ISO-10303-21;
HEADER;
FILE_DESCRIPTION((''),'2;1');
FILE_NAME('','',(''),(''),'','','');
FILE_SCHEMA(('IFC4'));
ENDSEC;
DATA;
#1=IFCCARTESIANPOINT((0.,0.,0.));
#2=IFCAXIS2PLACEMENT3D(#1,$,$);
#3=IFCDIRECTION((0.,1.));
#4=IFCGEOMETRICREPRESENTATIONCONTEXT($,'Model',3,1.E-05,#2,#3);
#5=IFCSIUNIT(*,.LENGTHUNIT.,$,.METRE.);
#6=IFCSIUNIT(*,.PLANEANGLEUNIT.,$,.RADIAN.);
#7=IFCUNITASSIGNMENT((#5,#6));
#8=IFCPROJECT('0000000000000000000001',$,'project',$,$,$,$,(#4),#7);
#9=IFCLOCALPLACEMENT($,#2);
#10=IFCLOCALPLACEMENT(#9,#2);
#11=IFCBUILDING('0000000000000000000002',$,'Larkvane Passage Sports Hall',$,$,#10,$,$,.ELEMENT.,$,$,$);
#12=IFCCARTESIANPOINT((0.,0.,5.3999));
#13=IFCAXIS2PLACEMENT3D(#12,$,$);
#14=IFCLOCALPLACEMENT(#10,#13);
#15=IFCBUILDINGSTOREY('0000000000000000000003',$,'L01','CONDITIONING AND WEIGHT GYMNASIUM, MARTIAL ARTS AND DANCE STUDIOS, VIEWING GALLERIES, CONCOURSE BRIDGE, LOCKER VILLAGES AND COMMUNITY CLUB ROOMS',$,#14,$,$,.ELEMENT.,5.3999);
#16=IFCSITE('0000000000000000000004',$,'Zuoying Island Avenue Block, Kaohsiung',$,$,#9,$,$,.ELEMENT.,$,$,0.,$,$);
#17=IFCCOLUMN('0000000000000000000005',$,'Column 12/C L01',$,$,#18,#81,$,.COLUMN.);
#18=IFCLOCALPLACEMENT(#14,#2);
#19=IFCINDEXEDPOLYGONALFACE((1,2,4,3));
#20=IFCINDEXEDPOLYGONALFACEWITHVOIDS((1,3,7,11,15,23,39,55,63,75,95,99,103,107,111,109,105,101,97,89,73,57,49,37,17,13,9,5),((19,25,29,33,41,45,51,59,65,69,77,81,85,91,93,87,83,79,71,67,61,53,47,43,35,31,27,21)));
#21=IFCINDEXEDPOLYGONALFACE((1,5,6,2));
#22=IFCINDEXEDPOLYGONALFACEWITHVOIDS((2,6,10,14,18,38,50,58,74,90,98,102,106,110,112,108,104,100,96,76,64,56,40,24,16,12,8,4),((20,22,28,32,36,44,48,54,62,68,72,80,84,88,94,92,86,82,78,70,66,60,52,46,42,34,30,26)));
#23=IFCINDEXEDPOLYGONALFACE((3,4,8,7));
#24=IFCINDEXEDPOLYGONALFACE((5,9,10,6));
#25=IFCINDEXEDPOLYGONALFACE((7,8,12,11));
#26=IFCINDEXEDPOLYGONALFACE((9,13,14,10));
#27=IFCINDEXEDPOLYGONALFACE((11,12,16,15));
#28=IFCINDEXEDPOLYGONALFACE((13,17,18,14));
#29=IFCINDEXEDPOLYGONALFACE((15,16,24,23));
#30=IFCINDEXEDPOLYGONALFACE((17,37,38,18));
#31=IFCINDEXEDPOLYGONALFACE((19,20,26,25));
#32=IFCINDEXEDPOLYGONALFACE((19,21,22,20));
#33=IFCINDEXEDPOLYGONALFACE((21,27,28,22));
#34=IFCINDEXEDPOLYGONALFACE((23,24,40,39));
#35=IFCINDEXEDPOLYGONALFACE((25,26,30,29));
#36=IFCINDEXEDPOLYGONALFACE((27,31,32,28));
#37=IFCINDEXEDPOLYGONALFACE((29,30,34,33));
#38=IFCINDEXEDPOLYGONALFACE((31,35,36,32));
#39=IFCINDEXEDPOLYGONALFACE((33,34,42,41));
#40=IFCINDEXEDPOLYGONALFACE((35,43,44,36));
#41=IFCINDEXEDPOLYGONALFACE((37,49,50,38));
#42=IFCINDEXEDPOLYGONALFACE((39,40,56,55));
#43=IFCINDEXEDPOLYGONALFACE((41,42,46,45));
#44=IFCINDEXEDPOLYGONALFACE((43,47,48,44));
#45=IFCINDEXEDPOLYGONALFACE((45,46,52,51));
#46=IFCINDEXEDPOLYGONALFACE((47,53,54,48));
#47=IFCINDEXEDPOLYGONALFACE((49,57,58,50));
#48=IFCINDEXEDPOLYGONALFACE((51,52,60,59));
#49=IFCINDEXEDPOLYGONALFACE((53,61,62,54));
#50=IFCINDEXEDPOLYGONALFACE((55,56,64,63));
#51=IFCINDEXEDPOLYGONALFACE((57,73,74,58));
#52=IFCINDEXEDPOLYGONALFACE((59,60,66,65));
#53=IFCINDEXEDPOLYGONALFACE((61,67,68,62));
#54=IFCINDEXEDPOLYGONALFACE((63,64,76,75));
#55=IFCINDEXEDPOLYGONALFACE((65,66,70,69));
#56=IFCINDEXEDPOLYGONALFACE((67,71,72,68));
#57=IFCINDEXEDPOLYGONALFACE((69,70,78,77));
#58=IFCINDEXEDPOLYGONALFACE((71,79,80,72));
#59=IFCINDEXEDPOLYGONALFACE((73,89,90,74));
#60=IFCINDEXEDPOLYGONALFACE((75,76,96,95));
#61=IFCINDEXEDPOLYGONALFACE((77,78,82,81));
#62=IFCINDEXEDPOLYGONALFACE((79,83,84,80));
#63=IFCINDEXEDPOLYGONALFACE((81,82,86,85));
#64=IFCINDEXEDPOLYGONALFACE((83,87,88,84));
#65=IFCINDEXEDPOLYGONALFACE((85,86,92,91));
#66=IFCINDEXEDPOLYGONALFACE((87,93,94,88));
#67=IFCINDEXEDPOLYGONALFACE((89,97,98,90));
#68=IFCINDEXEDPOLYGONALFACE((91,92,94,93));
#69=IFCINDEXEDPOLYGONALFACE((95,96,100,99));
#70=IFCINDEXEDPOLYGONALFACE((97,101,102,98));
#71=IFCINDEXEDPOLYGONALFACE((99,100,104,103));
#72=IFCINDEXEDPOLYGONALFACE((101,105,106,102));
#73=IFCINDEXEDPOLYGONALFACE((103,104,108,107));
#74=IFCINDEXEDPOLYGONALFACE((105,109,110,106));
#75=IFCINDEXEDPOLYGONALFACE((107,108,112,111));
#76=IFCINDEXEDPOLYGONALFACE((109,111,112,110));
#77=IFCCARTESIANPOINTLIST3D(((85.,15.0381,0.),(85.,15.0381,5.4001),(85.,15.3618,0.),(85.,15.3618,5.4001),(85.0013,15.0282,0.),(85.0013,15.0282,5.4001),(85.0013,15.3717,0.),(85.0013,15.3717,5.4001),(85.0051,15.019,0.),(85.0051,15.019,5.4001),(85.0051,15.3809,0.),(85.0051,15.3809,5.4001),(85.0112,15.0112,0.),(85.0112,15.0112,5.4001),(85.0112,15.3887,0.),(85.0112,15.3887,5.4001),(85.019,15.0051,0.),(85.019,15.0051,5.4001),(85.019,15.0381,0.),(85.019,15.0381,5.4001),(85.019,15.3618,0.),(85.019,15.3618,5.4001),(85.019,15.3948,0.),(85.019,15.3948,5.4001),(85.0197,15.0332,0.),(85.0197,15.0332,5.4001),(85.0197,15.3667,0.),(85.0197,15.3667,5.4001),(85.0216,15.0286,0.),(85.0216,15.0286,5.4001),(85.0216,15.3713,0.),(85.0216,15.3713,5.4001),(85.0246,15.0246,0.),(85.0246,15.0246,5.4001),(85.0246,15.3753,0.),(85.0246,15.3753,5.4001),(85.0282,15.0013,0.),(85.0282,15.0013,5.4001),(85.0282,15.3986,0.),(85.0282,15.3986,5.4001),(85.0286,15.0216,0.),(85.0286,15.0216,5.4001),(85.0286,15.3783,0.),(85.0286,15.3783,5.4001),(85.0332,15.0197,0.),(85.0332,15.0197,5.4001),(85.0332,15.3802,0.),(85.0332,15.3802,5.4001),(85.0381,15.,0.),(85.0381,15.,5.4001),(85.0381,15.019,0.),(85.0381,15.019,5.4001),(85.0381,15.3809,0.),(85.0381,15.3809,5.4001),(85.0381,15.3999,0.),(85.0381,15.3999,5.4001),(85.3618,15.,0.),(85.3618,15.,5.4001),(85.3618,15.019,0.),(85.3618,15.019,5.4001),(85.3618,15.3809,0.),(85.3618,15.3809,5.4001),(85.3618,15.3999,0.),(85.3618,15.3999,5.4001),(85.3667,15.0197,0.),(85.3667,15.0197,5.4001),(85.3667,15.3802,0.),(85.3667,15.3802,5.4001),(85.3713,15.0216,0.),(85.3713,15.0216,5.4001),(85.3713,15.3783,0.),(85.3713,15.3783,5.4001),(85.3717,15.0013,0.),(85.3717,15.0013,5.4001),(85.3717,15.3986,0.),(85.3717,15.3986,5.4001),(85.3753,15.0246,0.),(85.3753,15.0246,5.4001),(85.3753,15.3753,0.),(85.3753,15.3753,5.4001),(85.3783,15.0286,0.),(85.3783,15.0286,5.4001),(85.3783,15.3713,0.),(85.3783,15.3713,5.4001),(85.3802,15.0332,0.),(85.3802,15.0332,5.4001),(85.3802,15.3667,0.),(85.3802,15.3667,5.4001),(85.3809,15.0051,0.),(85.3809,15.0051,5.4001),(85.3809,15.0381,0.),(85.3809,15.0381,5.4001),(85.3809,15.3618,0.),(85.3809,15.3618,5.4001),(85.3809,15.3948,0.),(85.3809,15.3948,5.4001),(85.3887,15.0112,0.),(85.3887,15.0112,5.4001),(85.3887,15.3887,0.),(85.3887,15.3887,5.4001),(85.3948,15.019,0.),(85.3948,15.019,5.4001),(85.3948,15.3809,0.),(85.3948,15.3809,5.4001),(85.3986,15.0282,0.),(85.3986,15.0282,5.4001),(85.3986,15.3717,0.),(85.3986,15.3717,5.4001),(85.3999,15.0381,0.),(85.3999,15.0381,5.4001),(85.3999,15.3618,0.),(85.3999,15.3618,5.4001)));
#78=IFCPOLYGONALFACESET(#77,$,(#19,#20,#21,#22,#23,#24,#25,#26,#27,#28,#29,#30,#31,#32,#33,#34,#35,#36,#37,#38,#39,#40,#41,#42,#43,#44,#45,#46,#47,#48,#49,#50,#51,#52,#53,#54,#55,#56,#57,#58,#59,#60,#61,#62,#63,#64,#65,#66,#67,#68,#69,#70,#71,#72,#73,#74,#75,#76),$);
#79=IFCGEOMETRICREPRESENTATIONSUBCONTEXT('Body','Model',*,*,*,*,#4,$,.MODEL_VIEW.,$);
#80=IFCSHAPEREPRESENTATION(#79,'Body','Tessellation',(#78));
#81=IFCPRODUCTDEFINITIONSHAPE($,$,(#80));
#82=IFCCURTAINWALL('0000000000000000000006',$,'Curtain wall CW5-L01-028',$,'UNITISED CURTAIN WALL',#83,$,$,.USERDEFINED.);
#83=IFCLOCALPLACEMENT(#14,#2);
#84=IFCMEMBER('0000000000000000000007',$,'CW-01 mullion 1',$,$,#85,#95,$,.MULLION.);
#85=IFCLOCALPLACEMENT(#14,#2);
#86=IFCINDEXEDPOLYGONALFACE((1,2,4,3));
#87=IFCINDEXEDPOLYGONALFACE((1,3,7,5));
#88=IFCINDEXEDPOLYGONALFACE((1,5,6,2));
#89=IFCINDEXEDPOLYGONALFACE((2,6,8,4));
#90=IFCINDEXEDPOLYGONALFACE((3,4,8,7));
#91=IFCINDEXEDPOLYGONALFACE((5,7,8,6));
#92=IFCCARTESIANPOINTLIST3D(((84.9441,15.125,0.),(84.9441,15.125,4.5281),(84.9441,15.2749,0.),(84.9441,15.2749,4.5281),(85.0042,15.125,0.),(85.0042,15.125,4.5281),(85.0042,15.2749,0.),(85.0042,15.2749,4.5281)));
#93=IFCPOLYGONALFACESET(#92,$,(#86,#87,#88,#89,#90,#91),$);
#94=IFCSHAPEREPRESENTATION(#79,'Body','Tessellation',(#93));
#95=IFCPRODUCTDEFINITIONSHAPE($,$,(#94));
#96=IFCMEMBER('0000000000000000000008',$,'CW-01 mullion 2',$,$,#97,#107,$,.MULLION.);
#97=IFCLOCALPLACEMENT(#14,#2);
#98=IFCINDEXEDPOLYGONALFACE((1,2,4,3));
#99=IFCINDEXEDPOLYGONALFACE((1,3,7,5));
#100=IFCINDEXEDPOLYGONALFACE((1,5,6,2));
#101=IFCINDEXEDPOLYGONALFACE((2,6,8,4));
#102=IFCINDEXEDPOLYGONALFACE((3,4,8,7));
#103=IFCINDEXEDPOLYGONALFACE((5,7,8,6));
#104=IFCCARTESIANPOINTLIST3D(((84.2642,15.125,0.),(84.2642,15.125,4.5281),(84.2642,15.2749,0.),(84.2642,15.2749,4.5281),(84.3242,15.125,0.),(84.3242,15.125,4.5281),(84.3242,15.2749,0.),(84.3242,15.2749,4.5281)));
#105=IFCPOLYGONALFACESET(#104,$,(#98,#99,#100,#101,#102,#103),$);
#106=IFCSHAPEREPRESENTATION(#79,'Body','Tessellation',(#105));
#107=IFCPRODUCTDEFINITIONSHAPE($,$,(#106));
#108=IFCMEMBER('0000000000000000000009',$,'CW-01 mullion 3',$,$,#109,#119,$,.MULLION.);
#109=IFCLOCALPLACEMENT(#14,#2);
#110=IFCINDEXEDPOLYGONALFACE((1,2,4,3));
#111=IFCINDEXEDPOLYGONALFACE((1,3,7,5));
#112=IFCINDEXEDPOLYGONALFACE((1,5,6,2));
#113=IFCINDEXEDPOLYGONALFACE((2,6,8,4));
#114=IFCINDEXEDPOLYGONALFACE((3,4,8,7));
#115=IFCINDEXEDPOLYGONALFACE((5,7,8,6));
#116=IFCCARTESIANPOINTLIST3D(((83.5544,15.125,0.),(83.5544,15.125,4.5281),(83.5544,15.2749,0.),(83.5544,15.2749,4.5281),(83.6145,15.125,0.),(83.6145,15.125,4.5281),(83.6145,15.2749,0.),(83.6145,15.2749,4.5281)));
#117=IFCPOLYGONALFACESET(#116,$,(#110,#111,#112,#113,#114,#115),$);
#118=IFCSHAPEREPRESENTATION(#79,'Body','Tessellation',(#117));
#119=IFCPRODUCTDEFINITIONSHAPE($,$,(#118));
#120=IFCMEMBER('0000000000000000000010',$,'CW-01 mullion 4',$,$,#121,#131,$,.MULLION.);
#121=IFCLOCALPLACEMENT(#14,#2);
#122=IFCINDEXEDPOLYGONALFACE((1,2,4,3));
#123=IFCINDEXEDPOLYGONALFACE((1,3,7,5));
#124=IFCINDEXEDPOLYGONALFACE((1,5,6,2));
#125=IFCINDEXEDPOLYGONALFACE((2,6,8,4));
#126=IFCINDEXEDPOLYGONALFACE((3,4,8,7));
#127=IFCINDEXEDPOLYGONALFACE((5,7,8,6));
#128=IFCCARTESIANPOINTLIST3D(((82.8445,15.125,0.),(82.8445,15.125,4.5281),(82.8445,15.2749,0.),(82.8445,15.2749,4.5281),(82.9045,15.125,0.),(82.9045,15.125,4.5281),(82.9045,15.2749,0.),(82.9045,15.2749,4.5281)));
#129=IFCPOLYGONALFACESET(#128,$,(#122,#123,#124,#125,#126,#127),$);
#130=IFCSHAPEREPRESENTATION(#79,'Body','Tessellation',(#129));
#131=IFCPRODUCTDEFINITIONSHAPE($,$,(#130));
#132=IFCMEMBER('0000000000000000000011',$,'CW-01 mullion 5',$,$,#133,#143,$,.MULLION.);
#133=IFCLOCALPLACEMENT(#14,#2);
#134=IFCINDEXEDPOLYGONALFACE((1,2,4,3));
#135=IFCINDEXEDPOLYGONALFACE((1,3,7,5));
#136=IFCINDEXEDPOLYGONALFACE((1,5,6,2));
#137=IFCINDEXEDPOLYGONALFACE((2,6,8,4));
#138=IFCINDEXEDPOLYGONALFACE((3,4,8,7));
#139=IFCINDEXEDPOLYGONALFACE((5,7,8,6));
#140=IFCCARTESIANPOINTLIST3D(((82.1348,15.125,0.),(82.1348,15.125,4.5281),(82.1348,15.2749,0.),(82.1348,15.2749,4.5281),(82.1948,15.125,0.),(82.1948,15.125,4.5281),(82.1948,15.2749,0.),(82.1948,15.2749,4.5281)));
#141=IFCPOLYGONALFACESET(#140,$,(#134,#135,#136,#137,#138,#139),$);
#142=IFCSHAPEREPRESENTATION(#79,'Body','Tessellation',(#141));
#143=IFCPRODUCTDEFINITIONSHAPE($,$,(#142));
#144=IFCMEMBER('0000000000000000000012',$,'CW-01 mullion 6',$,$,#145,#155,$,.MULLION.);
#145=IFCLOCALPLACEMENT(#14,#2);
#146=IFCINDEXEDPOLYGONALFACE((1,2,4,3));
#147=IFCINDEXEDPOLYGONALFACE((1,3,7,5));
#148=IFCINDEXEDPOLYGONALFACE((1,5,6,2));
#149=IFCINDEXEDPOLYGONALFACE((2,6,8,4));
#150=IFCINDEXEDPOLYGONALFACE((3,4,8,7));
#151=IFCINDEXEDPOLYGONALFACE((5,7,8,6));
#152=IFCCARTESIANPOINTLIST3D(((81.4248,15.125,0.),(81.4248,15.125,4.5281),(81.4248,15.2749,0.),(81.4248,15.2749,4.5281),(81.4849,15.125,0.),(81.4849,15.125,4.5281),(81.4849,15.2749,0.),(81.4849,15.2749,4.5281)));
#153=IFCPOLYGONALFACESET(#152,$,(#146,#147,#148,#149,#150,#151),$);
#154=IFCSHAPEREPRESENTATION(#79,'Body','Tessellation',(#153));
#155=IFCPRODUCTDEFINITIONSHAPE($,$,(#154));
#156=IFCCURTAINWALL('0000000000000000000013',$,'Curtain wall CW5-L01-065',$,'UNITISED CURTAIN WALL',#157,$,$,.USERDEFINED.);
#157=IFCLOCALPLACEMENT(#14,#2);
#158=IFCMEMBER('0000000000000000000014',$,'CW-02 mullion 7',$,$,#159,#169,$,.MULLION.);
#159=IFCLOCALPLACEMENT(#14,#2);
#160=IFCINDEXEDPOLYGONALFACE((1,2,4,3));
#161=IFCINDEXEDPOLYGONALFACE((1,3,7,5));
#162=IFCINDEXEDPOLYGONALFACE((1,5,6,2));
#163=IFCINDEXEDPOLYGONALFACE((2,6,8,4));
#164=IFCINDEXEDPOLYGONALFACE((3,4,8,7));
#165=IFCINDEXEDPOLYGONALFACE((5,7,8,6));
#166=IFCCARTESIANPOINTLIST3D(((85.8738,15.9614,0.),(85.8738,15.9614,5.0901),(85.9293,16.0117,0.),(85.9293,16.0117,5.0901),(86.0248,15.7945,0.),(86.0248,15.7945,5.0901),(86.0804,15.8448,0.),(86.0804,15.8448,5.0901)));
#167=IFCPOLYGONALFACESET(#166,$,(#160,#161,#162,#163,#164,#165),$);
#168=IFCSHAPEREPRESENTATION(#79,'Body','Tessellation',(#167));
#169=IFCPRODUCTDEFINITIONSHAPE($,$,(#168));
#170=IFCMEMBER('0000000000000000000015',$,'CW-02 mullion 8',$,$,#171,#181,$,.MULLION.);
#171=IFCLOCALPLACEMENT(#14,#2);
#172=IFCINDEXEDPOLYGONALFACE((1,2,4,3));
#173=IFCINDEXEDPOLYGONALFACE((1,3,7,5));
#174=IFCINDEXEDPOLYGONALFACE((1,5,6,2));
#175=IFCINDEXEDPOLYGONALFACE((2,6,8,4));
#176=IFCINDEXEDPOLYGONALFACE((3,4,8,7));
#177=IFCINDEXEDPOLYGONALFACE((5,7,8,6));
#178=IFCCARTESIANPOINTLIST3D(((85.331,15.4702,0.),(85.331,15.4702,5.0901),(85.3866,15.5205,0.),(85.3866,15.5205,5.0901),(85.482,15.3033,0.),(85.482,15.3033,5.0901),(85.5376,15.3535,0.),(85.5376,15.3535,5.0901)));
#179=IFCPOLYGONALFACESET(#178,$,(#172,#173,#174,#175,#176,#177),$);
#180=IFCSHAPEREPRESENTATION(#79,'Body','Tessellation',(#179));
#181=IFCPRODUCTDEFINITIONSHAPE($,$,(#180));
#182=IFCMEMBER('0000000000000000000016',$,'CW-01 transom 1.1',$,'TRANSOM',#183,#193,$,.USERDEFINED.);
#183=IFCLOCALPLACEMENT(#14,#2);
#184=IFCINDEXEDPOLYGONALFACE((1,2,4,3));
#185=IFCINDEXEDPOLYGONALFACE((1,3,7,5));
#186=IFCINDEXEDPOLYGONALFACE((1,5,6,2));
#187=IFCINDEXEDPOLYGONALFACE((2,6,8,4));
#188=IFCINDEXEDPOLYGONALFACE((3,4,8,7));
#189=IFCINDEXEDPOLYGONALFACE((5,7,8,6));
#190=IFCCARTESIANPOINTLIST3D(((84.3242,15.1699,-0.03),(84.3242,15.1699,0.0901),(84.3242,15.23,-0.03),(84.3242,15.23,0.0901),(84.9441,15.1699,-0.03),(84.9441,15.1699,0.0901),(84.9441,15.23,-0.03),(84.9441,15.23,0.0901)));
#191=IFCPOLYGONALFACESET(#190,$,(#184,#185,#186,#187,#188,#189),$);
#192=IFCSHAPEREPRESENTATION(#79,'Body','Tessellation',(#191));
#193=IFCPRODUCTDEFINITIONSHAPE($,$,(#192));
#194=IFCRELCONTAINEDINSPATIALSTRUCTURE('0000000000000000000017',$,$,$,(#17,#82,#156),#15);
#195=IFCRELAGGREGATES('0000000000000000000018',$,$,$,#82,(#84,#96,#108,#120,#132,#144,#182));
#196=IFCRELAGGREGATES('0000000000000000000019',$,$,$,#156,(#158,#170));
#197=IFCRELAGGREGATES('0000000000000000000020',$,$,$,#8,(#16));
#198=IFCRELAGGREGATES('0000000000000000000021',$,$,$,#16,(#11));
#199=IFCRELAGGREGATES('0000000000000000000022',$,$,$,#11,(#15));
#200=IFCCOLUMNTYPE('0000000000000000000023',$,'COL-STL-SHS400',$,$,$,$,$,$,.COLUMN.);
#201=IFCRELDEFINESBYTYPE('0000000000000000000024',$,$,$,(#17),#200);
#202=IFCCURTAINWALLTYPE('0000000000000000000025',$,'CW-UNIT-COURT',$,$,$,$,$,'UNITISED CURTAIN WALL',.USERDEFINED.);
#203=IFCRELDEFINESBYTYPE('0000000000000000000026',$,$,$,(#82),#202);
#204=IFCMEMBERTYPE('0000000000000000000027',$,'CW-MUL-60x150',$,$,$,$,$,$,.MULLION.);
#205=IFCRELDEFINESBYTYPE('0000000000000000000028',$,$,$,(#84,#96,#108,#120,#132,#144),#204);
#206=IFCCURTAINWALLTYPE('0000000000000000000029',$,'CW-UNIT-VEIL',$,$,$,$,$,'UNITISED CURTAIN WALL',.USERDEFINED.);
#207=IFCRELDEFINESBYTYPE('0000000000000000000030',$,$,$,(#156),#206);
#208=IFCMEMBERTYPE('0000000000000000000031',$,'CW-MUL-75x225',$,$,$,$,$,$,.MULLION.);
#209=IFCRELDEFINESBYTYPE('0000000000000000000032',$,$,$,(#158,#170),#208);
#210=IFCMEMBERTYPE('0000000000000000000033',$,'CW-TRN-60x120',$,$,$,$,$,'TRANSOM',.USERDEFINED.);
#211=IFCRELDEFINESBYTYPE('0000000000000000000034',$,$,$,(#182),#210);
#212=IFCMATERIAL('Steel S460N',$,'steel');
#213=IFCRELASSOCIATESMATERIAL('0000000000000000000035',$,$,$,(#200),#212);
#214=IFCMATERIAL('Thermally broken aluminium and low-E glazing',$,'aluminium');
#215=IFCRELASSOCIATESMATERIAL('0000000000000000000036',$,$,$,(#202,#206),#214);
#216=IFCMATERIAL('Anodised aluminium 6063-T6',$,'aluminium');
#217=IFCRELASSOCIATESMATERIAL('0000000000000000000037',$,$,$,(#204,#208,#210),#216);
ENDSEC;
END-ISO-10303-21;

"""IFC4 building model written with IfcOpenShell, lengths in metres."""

from ifc_helpers import new_model, si_unit, direction, frame, origin, origin_2d, place, context, subcontext, project, spatial, rectangle, hollow_rectangle, extrude, material, material_profile, profile_set, type_object, element, aggregate, save


model = new_model("IFC4")

# Units and contexts
model_context = context("Model", 3, precision=1e-05, world=origin(), true_north=direction((0.0, 1.0)))
body_context = subcontext(model_context, "Body", "Model", "MODEL_VIEW")
ifc_project = project(units=[si_unit("LENGTHUNIT", "METRE"), si_unit("PLANEANGLEUNIT", "RADIAN")], contexts=[model_context])

# Site, building, storey
site_placement = place(None, origin())
site = spatial("IfcSite", under=ifc_project, at=site_placement, Name="Zuoying Island Avenue Block, Kaohsiung", CompositionType="ELEMENT", RefElevation=0.0)
building_placement = place(site_placement, origin())
building = spatial("IfcBuilding", under=site, at=building_placement, Name="Larkvane Passage Sports Hall", CompositionType="ELEMENT")
storey_placement = place(building_placement, frame((0.0, 0.0, 5.3999)))
storey = spatial("IfcBuildingStorey", under=building, at=storey_placement, Name="L01", Description="CONDITIONING AND WEIGHT GYMNASIUM, MARTIAL ARTS AND DANCE STUDIOS, VIEWING GALLERIES, CONCOURSE BRIDGE, LOCKER VILLAGES AND COMMUNITY CLUB ROOMS", CompositionType="ELEMENT", Elevation=5.3999)

# Column
ifc_material_1 = material(Name="Steel S460N", Category="steel")
ifc_material_profile_1 = material_profile(ifc_material_1, hollow_rectangle(XDim=0.3999, YDim=0.3999, WallThickness=0.019, InnerFilletRadius=0.019, OuterFilletRadius=0.0381, at=origin_2d()), Name="SHS-400x400x19")
ifc_profile_set_1 = profile_set([ifc_material_profile_1], Name="Steel S460N")
column_type = type_object("IfcColumnType", Name="COL-STL-SHS400", PredefinedType="COLUMN", material=ifc_profile_set_1)
column_placement = place(storey_placement, frame((85.2, 15.2, 0.0), z_axis=(0.0, 0.0, 1.0), x_axis=(1.0, 0.0, 0.0)))
element("IfcColumn", 1, at=column_placement, inside=storey, type_object=column_type, Name="Column 12/C L01", PredefinedType="COLUMN", context=body_context, shape_type="SweptSolid", body=[
    extrude(hollow_rectangle(XDim=0.3999, YDim=0.3999, WallThickness=0.019, InnerFilletRadius=0.019, OuterFilletRadius=0.0381, at=origin_2d()), origin(), (0.0, 0.0, 1.0), 5.4001),
])

# Curtain walls, members
ifc_material_2 = material(Name="Thermally broken aluminium and low-E glazing", Category="aluminium")
curtain_wall_type_1 = type_object("IfcCurtainWallType", Name="CW-UNIT-COURT", ElementType="UNITISED CURTAIN WALL", PredefinedType="USERDEFINED", material=ifc_material_2)
curtain_wall_1_placement = place(storey_placement, origin())
curtain_wall_1 = element("IfcCurtainWall", 2, at=curtain_wall_1_placement, inside=storey, type_object=curtain_wall_type_1, Name="Curtain wall CW5-L01-028", ObjectType="UNITISED CURTAIN WALL", PredefinedType="USERDEFINED")
ifc_material_3 = material(Name="Anodised aluminium 6063-T6", Category="aluminium")
ifc_material_profile_2 = material_profile(ifc_material_3, rectangle(XDim=0.0601, YDim=0.1499, at=origin_2d()), Name="ALU-MUL-60x150")
ifc_profile_set_2 = profile_set([ifc_material_profile_2], Name="Anodised aluminium 6063-T6")
member_type_1 = type_object("IfcMemberType", Name="CW-MUL-60x150", PredefinedType="MULLION", material=ifc_profile_set_2)
member_1_placement = place(storey_placement, frame((84.9741, 15.2, 0.0), z_axis=(0.0, 0.0, 1.0), x_axis=(-1.0, 0.0, 0.0)))
member_1 = element("IfcMember", 3, at=member_1_placement, type_object=member_type_1, Name="CW-01 mullion 1", PredefinedType="MULLION", context=body_context, shape_type="SweptSolid", body=[
    extrude(rectangle(XDim=0.0601, YDim=0.1499, at=origin_2d()), origin(), (0.0, 0.0, 1.0), 4.5281),
])
member_2_placement = place(storey_placement, frame((84.2942, 15.2, 0.0), z_axis=(0.0, 0.0, 1.0), x_axis=(-1.0, 0.0, 0.0)))
member_2 = element("IfcMember", 4, at=member_2_placement, type_object=member_type_1, Name="CW-01 mullion 2", PredefinedType="MULLION", context=body_context, shape_type="SweptSolid", body=[
    extrude(rectangle(XDim=0.0601, YDim=0.1499, at=origin_2d()), origin(), (0.0, 0.0, 1.0), 4.5281),
])
member_3_placement = place(storey_placement, frame((83.5845, 15.2, 0.0), z_axis=(0.0, 0.0, 1.0), x_axis=(-1.0, 0.0, 0.0)))
member_3 = element("IfcMember", 5, at=member_3_placement, type_object=member_type_1, Name="CW-01 mullion 3", PredefinedType="MULLION", context=body_context, shape_type="SweptSolid", body=[
    extrude(rectangle(XDim=0.0601, YDim=0.1499, at=origin_2d()), origin(), (0.0, 0.0, 1.0), 4.5281),
])
member_4_placement = place(storey_placement, frame((82.8745, 15.2, 0.0), z_axis=(0.0, 0.0, 1.0), x_axis=(-1.0, 0.0, 0.0)))
member_4 = element("IfcMember", 6, at=member_4_placement, type_object=member_type_1, Name="CW-01 mullion 4", PredefinedType="MULLION", context=body_context, shape_type="SweptSolid", body=[
    extrude(rectangle(XDim=0.0601, YDim=0.1499, at=origin_2d()), origin(), (0.0, 0.0, 1.0), 4.5281),
])
member_5_placement = place(storey_placement, frame((82.1648, 15.2, 0.0), z_axis=(0.0, 0.0, 1.0), x_axis=(-1.0, 0.0, 0.0)))
member_5 = element("IfcMember", 7, at=member_5_placement, type_object=member_type_1, Name="CW-01 mullion 5", PredefinedType="MULLION", context=body_context, shape_type="SweptSolid", body=[
    extrude(rectangle(XDim=0.0601, YDim=0.1499, at=origin_2d()), origin(), (0.0, 0.0, 1.0), 4.5281),
])
member_6_placement = place(storey_placement, frame((81.4548, 15.2, 0.0), z_axis=(0.0, 0.0, 1.0), x_axis=(-1.0, 0.0, 0.0)))
member_6 = element("IfcMember", 8, at=member_6_placement, type_object=member_type_1, Name="CW-01 mullion 6", PredefinedType="MULLION", context=body_context, shape_type="SweptSolid", body=[
    extrude(rectangle(XDim=0.0601, YDim=0.1499, at=origin_2d()), origin(), (0.0, 0.0, 1.0), 4.5281),
])
curtain_wall_type_2 = type_object("IfcCurtainWallType", Name="CW-UNIT-VEIL", ElementType="UNITISED CURTAIN WALL", PredefinedType="USERDEFINED", material=ifc_material_2)
curtain_wall_2_placement = place(storey_placement, origin())
curtain_wall_2 = element("IfcCurtainWall", 9, at=curtain_wall_2_placement, inside=storey, type_object=curtain_wall_type_2, Name="Curtain wall CW5-L01-065", ObjectType="UNITISED CURTAIN WALL", PredefinedType="USERDEFINED")
ifc_material_profile_3 = material_profile(ifc_material_3, rectangle(XDim=0.075, YDim=0.2251, at=origin_2d()), Name="ALU-MUL-75x225")
ifc_profile_set_3 = profile_set([ifc_material_profile_3], Name="Anodised aluminium 6063-T6")
member_type_2 = type_object("IfcMemberType", Name="CW-MUL-75x225", PredefinedType="MULLION", material=ifc_profile_set_3)
member_7_placement = place(storey_placement, frame((85.9771, 15.9031, 0.0), z_axis=(0.0, 0.0, 1.0), x_axis=(-0.741533, -0.670917, 0.0)))
member_7 = element("IfcMember", 10, at=member_7_placement, type_object=member_type_2, Name="CW-02 mullion 7", PredefinedType="MULLION", context=body_context, shape_type="SweptSolid", body=[
    extrude(rectangle(XDim=0.075, YDim=0.2251, at=origin_2d()), origin(), (0.0, 0.0, 1.0), 5.0901),
])
member_8_placement = place(storey_placement, frame((85.4343, 15.4119, 0.0), z_axis=(0.0, 0.0, 1.0), x_axis=(-0.741533, -0.670917, 0.0)))
member_8 = element("IfcMember", 11, at=member_8_placement, type_object=member_type_2, Name="CW-02 mullion 8", PredefinedType="MULLION", context=body_context, shape_type="SweptSolid", body=[
    extrude(rectangle(XDim=0.075, YDim=0.2251, at=origin_2d()), origin(), (0.0, 0.0, 1.0), 5.0901),
])

# Member
ifc_material_profile_4 = material_profile(ifc_material_3, rectangle(XDim=0.0601, YDim=0.1201, at=origin_2d()), Name="ALU-TRN-60x120")
ifc_profile_set_4 = profile_set([ifc_material_profile_4], Name="Anodised aluminium 6063-T6")
member_type_3 = type_object("IfcMemberType", Name="CW-TRN-60x120", ElementType="TRANSOM", PredefinedType="USERDEFINED", material=ifc_profile_set_4)
member_9_placement = place(storey_placement, frame((84.9441, 15.2, 0.03), z_axis=(-1.0, 0.0, 0.0), x_axis=(0.0, -1.0, 0.0)))
member_9 = element("IfcMember", 12, at=member_9_placement, type_object=member_type_3, Name="CW-01 transom 1.1", ObjectType="TRANSOM", PredefinedType="USERDEFINED", context=body_context, shape_type="SweptSolid", body=[
    extrude(rectangle(XDim=0.0601, YDim=0.1201, at=origin_2d()), origin(), (0.0, 0.0, 1.0), 0.6199),
])

aggregate(curtain_wall_1, [member_1, member_2, member_3, member_4, member_5, member_6, member_9])
aggregate(curtain_wall_2, [member_7, member_8])

save(model, "model.ifc")
